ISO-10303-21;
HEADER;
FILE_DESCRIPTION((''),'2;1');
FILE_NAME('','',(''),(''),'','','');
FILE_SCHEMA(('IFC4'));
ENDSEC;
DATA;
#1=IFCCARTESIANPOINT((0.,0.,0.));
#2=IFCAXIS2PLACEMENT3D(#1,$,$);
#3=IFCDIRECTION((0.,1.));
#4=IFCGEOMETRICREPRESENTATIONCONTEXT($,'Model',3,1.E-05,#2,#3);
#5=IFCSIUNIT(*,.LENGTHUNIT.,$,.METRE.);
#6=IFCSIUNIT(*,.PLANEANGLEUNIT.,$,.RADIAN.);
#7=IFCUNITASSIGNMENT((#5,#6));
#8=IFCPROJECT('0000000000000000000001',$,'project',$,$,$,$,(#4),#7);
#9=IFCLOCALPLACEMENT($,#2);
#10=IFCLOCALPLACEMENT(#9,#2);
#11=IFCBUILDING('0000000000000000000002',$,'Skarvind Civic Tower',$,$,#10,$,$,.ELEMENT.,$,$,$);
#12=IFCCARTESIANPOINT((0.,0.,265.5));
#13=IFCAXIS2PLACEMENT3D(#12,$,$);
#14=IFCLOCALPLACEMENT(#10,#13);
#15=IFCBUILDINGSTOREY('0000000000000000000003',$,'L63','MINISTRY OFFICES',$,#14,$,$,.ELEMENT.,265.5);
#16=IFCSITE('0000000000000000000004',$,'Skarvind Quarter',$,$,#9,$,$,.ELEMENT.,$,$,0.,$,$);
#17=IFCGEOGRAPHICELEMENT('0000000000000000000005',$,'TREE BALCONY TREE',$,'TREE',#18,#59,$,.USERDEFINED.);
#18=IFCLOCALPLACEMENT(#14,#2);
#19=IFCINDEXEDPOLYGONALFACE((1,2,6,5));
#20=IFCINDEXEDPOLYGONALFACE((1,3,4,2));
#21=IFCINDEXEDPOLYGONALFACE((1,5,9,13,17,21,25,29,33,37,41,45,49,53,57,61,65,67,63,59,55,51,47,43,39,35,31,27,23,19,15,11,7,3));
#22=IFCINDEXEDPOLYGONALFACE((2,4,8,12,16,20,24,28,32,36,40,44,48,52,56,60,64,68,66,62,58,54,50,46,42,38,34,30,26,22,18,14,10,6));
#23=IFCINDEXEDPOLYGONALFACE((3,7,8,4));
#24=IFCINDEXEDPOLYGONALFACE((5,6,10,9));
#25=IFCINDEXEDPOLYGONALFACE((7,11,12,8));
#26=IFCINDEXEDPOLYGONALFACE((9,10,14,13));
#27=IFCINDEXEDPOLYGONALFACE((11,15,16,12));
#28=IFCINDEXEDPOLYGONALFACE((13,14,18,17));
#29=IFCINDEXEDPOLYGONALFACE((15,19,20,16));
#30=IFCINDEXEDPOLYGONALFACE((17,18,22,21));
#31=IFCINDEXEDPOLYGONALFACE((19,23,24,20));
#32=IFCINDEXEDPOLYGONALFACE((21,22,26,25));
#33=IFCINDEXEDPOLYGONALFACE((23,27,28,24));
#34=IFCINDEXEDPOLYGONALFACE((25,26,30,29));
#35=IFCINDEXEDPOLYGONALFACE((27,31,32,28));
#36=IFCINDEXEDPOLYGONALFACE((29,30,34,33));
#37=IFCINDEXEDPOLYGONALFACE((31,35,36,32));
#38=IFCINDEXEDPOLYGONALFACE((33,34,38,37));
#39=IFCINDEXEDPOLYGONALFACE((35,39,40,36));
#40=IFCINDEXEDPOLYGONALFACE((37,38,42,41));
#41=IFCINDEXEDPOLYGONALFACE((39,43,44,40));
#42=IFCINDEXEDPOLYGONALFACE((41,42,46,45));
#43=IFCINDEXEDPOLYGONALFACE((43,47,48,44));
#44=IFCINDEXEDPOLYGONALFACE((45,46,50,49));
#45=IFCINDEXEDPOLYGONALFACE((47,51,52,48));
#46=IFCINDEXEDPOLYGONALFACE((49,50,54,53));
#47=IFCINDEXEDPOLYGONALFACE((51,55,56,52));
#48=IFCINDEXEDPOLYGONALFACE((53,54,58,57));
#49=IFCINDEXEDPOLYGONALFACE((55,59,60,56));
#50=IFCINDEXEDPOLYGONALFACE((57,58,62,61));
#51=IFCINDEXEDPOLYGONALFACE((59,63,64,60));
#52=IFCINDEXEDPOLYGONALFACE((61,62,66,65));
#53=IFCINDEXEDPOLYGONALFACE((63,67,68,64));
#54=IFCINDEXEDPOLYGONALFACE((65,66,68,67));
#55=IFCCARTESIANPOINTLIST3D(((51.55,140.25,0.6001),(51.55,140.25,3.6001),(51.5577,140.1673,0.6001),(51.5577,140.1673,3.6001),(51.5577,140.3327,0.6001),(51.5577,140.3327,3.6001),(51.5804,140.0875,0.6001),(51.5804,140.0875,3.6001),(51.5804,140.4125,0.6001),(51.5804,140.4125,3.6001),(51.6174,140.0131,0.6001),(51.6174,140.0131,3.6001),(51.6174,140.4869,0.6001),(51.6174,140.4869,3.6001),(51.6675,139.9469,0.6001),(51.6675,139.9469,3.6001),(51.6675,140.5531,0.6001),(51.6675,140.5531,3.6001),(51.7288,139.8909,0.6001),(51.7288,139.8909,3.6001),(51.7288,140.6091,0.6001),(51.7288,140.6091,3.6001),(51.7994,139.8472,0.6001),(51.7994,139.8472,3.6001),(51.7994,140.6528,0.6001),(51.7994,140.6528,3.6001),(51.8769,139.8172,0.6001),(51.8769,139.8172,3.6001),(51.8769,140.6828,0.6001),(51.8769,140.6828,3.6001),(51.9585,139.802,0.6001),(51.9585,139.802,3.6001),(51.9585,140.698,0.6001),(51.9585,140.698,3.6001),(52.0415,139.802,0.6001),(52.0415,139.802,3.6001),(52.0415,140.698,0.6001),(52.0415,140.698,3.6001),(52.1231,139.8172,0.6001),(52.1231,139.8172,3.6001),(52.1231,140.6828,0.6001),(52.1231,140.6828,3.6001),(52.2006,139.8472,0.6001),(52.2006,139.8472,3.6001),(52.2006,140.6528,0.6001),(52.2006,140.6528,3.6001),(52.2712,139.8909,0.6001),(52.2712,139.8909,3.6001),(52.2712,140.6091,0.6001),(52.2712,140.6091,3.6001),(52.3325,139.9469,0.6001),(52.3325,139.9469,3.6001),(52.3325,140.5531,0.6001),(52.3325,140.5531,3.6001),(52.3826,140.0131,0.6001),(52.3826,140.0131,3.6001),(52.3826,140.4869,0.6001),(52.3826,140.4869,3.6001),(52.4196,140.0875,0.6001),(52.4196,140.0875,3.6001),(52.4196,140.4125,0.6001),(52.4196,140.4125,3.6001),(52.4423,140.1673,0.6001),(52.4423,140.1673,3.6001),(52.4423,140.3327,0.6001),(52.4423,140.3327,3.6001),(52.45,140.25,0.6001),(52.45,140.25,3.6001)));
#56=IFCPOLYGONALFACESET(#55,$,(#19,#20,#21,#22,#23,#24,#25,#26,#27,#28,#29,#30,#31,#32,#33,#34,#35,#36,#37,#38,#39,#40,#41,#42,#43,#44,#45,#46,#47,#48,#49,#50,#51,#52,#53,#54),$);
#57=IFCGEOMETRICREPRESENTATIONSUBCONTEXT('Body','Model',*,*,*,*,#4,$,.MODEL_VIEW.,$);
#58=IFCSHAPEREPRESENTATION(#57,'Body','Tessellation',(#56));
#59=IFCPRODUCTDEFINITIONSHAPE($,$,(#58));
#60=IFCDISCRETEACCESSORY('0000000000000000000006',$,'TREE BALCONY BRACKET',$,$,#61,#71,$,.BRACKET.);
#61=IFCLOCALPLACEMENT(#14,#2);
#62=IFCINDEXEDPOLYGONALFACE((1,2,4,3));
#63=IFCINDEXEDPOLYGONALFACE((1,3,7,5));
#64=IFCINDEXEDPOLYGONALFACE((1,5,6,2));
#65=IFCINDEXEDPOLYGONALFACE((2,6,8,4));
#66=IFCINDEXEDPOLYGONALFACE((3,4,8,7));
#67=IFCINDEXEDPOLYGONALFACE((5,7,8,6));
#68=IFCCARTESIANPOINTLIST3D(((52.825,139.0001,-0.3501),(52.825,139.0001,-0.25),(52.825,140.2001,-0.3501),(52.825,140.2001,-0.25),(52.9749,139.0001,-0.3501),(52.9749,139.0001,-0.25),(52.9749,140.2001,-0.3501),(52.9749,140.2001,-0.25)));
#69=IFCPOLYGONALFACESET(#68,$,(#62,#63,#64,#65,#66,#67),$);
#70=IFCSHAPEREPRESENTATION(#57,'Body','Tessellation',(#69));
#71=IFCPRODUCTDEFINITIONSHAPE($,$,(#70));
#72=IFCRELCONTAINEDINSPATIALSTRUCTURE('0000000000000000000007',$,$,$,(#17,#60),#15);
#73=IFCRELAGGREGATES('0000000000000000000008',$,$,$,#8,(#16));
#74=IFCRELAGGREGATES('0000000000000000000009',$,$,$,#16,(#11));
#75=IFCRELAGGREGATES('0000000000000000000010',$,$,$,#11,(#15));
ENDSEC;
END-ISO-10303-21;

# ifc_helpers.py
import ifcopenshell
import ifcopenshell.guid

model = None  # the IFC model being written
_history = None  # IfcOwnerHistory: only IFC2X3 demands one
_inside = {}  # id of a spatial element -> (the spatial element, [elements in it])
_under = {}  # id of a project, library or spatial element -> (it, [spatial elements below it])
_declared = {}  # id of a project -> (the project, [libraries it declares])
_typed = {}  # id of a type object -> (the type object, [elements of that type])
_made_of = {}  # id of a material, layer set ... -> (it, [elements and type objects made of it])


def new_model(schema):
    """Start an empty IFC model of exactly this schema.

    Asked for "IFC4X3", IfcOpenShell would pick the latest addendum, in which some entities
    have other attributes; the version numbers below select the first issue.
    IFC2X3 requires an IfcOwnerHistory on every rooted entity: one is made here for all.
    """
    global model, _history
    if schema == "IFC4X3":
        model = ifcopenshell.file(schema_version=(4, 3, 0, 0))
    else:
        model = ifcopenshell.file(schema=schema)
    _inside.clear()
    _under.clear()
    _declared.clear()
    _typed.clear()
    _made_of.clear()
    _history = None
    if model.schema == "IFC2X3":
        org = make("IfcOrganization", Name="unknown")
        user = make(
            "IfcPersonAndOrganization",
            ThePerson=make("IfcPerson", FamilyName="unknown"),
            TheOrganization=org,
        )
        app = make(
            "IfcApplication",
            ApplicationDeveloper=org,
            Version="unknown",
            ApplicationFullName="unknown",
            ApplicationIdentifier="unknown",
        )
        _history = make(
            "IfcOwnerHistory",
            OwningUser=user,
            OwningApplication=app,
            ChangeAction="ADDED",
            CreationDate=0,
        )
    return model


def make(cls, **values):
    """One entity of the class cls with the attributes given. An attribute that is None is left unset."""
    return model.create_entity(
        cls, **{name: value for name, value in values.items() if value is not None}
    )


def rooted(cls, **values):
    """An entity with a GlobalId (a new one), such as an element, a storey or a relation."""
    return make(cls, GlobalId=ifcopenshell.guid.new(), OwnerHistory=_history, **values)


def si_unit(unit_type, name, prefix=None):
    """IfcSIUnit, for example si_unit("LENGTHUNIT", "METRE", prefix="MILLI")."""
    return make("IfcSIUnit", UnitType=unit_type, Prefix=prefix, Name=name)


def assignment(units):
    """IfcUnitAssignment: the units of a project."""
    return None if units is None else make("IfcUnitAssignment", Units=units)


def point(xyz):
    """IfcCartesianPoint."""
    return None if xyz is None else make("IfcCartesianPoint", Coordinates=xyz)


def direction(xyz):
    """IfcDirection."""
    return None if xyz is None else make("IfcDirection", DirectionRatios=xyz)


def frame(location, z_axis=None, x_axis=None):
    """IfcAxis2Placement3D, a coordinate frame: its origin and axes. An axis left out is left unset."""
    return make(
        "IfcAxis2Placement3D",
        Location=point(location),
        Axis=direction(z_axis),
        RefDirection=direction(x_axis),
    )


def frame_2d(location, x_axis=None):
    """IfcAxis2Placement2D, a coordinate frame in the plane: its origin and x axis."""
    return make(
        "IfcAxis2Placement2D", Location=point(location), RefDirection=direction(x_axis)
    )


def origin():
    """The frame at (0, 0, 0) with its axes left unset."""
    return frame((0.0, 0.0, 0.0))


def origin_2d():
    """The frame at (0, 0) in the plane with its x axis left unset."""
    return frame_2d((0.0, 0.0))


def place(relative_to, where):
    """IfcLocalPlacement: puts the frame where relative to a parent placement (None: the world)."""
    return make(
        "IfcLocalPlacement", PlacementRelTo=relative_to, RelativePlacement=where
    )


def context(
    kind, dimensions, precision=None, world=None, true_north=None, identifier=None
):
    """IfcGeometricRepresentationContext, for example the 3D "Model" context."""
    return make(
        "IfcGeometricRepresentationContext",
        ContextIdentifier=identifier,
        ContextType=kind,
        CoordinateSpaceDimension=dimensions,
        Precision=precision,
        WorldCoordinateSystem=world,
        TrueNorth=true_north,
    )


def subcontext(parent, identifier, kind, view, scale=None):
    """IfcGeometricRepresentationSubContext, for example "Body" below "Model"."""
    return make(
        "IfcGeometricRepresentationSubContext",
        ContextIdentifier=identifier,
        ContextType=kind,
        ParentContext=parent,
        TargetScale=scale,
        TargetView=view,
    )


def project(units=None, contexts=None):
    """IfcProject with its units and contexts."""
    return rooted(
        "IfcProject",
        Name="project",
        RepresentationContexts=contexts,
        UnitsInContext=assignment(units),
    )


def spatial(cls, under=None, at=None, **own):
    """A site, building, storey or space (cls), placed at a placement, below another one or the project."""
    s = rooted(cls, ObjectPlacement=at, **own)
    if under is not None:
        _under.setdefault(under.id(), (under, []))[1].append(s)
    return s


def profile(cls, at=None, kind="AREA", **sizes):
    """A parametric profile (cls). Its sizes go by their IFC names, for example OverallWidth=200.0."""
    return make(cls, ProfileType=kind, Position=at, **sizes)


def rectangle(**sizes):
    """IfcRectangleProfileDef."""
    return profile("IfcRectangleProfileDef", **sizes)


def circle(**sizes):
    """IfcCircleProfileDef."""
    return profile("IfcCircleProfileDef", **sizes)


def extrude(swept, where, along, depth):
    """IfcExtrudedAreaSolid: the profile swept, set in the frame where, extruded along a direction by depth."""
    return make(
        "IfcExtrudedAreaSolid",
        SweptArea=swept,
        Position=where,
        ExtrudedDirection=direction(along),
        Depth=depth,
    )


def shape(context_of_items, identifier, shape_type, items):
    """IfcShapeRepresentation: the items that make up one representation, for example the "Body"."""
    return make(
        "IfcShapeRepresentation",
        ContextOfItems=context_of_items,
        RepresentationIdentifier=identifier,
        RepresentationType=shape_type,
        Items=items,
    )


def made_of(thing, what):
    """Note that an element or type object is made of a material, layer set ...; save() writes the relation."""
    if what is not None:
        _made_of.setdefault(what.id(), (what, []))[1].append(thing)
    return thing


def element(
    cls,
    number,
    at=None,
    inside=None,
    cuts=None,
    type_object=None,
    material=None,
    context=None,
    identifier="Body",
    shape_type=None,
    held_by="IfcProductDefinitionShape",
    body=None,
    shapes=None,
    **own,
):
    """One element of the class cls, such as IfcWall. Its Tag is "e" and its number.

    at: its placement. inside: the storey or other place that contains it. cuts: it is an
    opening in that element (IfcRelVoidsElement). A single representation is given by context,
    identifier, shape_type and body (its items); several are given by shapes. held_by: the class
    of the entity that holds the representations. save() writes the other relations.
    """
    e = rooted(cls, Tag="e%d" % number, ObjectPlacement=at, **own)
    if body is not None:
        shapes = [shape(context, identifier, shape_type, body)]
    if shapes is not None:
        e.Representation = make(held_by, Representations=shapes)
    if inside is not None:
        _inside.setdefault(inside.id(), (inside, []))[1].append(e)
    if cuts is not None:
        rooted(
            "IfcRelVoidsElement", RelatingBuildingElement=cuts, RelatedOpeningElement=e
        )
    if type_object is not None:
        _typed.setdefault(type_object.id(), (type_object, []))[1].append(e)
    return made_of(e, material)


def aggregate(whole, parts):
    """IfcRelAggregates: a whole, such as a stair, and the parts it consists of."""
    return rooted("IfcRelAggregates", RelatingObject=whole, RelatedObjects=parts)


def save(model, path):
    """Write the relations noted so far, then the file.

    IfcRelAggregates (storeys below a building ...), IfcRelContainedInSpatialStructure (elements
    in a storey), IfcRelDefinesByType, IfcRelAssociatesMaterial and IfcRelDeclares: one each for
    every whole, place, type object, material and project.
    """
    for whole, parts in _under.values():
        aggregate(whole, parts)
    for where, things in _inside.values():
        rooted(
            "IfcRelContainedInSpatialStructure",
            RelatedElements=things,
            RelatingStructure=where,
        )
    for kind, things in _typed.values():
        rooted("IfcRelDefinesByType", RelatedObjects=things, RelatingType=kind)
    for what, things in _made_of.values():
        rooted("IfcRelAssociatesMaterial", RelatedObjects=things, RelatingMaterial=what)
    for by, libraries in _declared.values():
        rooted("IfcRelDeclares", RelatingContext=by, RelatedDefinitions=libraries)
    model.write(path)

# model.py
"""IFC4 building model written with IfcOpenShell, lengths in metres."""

from ifc_helpers import new_model, si_unit, direction, frame, origin, origin_2d, place, context, subcontext, project, spatial, rectangle, circle, extrude, element, save


model = new_model("IFC4")

# Units and contexts
model_context = context("Model", 3, precision=1e-05, world=origin(), true_north=direction((0.0, 1.0)))
body_context = subcontext(model_context, "Body", "Model", "MODEL_VIEW")
ifc_project = project(units=[si_unit("LENGTHUNIT", "METRE"), si_unit("PLANEANGLEUNIT", "RADIAN")], contexts=[model_context])

# Site, building, storey
site_placement = place(None, origin())
site = spatial("IfcSite", under=ifc_project, at=site_placement, Name="Skarvind Quarter", CompositionType="ELEMENT", RefElevation=0.0)
building_placement = place(site_placement, origin())
building = spatial("IfcBuilding", under=site, at=building_placement, Name="Skarvind Civic Tower", CompositionType="ELEMENT")
storey_placement = place(building_placement, frame((0.0, 0.0, 265.5)))
storey = spatial("IfcBuildingStorey", under=building, at=storey_placement, Name="L63", Description="MINISTRY OFFICES", CompositionType="ELEMENT", Elevation=265.5)

# Geographic element
geographic_element_placement = place(storey_placement, frame((52.0, 140.25, 0.6001), z_axis=(0.0, 0.0, 1.0), x_axis=(1.0, 0.0, 0.0)))
element("IfcGeographicElement", 1, at=geographic_element_placement, inside=storey, Name="TREE BALCONY TREE", ObjectType="TREE", PredefinedType="USERDEFINED", context=body_context, shape_type="SweptSolid", body=[
    extrude(circle(Radius=0.45, at=origin_2d()), origin(), (0.0, 0.0, 1.0), 3.0),
])

# Discrete accessory
discrete_accessory_placement = place(storey_placement, frame((52.8999, 139.6001, -0.3501), z_axis=(0.0, 0.0, 1.0), x_axis=(1.0, 0.0, 0.0)))
element("IfcDiscreteAccessory", 2, at=discrete_accessory_placement, inside=storey, Name="TREE BALCONY BRACKET", PredefinedType="BRACKET", context=body_context, shape_type="SweptSolid", body=[
    extrude(rectangle(XDim=0.1499, YDim=1.2, at=origin_2d()), origin(), (0.0, 0.0, 1.0), 0.1001),
])

save(model, "model.ifc")
